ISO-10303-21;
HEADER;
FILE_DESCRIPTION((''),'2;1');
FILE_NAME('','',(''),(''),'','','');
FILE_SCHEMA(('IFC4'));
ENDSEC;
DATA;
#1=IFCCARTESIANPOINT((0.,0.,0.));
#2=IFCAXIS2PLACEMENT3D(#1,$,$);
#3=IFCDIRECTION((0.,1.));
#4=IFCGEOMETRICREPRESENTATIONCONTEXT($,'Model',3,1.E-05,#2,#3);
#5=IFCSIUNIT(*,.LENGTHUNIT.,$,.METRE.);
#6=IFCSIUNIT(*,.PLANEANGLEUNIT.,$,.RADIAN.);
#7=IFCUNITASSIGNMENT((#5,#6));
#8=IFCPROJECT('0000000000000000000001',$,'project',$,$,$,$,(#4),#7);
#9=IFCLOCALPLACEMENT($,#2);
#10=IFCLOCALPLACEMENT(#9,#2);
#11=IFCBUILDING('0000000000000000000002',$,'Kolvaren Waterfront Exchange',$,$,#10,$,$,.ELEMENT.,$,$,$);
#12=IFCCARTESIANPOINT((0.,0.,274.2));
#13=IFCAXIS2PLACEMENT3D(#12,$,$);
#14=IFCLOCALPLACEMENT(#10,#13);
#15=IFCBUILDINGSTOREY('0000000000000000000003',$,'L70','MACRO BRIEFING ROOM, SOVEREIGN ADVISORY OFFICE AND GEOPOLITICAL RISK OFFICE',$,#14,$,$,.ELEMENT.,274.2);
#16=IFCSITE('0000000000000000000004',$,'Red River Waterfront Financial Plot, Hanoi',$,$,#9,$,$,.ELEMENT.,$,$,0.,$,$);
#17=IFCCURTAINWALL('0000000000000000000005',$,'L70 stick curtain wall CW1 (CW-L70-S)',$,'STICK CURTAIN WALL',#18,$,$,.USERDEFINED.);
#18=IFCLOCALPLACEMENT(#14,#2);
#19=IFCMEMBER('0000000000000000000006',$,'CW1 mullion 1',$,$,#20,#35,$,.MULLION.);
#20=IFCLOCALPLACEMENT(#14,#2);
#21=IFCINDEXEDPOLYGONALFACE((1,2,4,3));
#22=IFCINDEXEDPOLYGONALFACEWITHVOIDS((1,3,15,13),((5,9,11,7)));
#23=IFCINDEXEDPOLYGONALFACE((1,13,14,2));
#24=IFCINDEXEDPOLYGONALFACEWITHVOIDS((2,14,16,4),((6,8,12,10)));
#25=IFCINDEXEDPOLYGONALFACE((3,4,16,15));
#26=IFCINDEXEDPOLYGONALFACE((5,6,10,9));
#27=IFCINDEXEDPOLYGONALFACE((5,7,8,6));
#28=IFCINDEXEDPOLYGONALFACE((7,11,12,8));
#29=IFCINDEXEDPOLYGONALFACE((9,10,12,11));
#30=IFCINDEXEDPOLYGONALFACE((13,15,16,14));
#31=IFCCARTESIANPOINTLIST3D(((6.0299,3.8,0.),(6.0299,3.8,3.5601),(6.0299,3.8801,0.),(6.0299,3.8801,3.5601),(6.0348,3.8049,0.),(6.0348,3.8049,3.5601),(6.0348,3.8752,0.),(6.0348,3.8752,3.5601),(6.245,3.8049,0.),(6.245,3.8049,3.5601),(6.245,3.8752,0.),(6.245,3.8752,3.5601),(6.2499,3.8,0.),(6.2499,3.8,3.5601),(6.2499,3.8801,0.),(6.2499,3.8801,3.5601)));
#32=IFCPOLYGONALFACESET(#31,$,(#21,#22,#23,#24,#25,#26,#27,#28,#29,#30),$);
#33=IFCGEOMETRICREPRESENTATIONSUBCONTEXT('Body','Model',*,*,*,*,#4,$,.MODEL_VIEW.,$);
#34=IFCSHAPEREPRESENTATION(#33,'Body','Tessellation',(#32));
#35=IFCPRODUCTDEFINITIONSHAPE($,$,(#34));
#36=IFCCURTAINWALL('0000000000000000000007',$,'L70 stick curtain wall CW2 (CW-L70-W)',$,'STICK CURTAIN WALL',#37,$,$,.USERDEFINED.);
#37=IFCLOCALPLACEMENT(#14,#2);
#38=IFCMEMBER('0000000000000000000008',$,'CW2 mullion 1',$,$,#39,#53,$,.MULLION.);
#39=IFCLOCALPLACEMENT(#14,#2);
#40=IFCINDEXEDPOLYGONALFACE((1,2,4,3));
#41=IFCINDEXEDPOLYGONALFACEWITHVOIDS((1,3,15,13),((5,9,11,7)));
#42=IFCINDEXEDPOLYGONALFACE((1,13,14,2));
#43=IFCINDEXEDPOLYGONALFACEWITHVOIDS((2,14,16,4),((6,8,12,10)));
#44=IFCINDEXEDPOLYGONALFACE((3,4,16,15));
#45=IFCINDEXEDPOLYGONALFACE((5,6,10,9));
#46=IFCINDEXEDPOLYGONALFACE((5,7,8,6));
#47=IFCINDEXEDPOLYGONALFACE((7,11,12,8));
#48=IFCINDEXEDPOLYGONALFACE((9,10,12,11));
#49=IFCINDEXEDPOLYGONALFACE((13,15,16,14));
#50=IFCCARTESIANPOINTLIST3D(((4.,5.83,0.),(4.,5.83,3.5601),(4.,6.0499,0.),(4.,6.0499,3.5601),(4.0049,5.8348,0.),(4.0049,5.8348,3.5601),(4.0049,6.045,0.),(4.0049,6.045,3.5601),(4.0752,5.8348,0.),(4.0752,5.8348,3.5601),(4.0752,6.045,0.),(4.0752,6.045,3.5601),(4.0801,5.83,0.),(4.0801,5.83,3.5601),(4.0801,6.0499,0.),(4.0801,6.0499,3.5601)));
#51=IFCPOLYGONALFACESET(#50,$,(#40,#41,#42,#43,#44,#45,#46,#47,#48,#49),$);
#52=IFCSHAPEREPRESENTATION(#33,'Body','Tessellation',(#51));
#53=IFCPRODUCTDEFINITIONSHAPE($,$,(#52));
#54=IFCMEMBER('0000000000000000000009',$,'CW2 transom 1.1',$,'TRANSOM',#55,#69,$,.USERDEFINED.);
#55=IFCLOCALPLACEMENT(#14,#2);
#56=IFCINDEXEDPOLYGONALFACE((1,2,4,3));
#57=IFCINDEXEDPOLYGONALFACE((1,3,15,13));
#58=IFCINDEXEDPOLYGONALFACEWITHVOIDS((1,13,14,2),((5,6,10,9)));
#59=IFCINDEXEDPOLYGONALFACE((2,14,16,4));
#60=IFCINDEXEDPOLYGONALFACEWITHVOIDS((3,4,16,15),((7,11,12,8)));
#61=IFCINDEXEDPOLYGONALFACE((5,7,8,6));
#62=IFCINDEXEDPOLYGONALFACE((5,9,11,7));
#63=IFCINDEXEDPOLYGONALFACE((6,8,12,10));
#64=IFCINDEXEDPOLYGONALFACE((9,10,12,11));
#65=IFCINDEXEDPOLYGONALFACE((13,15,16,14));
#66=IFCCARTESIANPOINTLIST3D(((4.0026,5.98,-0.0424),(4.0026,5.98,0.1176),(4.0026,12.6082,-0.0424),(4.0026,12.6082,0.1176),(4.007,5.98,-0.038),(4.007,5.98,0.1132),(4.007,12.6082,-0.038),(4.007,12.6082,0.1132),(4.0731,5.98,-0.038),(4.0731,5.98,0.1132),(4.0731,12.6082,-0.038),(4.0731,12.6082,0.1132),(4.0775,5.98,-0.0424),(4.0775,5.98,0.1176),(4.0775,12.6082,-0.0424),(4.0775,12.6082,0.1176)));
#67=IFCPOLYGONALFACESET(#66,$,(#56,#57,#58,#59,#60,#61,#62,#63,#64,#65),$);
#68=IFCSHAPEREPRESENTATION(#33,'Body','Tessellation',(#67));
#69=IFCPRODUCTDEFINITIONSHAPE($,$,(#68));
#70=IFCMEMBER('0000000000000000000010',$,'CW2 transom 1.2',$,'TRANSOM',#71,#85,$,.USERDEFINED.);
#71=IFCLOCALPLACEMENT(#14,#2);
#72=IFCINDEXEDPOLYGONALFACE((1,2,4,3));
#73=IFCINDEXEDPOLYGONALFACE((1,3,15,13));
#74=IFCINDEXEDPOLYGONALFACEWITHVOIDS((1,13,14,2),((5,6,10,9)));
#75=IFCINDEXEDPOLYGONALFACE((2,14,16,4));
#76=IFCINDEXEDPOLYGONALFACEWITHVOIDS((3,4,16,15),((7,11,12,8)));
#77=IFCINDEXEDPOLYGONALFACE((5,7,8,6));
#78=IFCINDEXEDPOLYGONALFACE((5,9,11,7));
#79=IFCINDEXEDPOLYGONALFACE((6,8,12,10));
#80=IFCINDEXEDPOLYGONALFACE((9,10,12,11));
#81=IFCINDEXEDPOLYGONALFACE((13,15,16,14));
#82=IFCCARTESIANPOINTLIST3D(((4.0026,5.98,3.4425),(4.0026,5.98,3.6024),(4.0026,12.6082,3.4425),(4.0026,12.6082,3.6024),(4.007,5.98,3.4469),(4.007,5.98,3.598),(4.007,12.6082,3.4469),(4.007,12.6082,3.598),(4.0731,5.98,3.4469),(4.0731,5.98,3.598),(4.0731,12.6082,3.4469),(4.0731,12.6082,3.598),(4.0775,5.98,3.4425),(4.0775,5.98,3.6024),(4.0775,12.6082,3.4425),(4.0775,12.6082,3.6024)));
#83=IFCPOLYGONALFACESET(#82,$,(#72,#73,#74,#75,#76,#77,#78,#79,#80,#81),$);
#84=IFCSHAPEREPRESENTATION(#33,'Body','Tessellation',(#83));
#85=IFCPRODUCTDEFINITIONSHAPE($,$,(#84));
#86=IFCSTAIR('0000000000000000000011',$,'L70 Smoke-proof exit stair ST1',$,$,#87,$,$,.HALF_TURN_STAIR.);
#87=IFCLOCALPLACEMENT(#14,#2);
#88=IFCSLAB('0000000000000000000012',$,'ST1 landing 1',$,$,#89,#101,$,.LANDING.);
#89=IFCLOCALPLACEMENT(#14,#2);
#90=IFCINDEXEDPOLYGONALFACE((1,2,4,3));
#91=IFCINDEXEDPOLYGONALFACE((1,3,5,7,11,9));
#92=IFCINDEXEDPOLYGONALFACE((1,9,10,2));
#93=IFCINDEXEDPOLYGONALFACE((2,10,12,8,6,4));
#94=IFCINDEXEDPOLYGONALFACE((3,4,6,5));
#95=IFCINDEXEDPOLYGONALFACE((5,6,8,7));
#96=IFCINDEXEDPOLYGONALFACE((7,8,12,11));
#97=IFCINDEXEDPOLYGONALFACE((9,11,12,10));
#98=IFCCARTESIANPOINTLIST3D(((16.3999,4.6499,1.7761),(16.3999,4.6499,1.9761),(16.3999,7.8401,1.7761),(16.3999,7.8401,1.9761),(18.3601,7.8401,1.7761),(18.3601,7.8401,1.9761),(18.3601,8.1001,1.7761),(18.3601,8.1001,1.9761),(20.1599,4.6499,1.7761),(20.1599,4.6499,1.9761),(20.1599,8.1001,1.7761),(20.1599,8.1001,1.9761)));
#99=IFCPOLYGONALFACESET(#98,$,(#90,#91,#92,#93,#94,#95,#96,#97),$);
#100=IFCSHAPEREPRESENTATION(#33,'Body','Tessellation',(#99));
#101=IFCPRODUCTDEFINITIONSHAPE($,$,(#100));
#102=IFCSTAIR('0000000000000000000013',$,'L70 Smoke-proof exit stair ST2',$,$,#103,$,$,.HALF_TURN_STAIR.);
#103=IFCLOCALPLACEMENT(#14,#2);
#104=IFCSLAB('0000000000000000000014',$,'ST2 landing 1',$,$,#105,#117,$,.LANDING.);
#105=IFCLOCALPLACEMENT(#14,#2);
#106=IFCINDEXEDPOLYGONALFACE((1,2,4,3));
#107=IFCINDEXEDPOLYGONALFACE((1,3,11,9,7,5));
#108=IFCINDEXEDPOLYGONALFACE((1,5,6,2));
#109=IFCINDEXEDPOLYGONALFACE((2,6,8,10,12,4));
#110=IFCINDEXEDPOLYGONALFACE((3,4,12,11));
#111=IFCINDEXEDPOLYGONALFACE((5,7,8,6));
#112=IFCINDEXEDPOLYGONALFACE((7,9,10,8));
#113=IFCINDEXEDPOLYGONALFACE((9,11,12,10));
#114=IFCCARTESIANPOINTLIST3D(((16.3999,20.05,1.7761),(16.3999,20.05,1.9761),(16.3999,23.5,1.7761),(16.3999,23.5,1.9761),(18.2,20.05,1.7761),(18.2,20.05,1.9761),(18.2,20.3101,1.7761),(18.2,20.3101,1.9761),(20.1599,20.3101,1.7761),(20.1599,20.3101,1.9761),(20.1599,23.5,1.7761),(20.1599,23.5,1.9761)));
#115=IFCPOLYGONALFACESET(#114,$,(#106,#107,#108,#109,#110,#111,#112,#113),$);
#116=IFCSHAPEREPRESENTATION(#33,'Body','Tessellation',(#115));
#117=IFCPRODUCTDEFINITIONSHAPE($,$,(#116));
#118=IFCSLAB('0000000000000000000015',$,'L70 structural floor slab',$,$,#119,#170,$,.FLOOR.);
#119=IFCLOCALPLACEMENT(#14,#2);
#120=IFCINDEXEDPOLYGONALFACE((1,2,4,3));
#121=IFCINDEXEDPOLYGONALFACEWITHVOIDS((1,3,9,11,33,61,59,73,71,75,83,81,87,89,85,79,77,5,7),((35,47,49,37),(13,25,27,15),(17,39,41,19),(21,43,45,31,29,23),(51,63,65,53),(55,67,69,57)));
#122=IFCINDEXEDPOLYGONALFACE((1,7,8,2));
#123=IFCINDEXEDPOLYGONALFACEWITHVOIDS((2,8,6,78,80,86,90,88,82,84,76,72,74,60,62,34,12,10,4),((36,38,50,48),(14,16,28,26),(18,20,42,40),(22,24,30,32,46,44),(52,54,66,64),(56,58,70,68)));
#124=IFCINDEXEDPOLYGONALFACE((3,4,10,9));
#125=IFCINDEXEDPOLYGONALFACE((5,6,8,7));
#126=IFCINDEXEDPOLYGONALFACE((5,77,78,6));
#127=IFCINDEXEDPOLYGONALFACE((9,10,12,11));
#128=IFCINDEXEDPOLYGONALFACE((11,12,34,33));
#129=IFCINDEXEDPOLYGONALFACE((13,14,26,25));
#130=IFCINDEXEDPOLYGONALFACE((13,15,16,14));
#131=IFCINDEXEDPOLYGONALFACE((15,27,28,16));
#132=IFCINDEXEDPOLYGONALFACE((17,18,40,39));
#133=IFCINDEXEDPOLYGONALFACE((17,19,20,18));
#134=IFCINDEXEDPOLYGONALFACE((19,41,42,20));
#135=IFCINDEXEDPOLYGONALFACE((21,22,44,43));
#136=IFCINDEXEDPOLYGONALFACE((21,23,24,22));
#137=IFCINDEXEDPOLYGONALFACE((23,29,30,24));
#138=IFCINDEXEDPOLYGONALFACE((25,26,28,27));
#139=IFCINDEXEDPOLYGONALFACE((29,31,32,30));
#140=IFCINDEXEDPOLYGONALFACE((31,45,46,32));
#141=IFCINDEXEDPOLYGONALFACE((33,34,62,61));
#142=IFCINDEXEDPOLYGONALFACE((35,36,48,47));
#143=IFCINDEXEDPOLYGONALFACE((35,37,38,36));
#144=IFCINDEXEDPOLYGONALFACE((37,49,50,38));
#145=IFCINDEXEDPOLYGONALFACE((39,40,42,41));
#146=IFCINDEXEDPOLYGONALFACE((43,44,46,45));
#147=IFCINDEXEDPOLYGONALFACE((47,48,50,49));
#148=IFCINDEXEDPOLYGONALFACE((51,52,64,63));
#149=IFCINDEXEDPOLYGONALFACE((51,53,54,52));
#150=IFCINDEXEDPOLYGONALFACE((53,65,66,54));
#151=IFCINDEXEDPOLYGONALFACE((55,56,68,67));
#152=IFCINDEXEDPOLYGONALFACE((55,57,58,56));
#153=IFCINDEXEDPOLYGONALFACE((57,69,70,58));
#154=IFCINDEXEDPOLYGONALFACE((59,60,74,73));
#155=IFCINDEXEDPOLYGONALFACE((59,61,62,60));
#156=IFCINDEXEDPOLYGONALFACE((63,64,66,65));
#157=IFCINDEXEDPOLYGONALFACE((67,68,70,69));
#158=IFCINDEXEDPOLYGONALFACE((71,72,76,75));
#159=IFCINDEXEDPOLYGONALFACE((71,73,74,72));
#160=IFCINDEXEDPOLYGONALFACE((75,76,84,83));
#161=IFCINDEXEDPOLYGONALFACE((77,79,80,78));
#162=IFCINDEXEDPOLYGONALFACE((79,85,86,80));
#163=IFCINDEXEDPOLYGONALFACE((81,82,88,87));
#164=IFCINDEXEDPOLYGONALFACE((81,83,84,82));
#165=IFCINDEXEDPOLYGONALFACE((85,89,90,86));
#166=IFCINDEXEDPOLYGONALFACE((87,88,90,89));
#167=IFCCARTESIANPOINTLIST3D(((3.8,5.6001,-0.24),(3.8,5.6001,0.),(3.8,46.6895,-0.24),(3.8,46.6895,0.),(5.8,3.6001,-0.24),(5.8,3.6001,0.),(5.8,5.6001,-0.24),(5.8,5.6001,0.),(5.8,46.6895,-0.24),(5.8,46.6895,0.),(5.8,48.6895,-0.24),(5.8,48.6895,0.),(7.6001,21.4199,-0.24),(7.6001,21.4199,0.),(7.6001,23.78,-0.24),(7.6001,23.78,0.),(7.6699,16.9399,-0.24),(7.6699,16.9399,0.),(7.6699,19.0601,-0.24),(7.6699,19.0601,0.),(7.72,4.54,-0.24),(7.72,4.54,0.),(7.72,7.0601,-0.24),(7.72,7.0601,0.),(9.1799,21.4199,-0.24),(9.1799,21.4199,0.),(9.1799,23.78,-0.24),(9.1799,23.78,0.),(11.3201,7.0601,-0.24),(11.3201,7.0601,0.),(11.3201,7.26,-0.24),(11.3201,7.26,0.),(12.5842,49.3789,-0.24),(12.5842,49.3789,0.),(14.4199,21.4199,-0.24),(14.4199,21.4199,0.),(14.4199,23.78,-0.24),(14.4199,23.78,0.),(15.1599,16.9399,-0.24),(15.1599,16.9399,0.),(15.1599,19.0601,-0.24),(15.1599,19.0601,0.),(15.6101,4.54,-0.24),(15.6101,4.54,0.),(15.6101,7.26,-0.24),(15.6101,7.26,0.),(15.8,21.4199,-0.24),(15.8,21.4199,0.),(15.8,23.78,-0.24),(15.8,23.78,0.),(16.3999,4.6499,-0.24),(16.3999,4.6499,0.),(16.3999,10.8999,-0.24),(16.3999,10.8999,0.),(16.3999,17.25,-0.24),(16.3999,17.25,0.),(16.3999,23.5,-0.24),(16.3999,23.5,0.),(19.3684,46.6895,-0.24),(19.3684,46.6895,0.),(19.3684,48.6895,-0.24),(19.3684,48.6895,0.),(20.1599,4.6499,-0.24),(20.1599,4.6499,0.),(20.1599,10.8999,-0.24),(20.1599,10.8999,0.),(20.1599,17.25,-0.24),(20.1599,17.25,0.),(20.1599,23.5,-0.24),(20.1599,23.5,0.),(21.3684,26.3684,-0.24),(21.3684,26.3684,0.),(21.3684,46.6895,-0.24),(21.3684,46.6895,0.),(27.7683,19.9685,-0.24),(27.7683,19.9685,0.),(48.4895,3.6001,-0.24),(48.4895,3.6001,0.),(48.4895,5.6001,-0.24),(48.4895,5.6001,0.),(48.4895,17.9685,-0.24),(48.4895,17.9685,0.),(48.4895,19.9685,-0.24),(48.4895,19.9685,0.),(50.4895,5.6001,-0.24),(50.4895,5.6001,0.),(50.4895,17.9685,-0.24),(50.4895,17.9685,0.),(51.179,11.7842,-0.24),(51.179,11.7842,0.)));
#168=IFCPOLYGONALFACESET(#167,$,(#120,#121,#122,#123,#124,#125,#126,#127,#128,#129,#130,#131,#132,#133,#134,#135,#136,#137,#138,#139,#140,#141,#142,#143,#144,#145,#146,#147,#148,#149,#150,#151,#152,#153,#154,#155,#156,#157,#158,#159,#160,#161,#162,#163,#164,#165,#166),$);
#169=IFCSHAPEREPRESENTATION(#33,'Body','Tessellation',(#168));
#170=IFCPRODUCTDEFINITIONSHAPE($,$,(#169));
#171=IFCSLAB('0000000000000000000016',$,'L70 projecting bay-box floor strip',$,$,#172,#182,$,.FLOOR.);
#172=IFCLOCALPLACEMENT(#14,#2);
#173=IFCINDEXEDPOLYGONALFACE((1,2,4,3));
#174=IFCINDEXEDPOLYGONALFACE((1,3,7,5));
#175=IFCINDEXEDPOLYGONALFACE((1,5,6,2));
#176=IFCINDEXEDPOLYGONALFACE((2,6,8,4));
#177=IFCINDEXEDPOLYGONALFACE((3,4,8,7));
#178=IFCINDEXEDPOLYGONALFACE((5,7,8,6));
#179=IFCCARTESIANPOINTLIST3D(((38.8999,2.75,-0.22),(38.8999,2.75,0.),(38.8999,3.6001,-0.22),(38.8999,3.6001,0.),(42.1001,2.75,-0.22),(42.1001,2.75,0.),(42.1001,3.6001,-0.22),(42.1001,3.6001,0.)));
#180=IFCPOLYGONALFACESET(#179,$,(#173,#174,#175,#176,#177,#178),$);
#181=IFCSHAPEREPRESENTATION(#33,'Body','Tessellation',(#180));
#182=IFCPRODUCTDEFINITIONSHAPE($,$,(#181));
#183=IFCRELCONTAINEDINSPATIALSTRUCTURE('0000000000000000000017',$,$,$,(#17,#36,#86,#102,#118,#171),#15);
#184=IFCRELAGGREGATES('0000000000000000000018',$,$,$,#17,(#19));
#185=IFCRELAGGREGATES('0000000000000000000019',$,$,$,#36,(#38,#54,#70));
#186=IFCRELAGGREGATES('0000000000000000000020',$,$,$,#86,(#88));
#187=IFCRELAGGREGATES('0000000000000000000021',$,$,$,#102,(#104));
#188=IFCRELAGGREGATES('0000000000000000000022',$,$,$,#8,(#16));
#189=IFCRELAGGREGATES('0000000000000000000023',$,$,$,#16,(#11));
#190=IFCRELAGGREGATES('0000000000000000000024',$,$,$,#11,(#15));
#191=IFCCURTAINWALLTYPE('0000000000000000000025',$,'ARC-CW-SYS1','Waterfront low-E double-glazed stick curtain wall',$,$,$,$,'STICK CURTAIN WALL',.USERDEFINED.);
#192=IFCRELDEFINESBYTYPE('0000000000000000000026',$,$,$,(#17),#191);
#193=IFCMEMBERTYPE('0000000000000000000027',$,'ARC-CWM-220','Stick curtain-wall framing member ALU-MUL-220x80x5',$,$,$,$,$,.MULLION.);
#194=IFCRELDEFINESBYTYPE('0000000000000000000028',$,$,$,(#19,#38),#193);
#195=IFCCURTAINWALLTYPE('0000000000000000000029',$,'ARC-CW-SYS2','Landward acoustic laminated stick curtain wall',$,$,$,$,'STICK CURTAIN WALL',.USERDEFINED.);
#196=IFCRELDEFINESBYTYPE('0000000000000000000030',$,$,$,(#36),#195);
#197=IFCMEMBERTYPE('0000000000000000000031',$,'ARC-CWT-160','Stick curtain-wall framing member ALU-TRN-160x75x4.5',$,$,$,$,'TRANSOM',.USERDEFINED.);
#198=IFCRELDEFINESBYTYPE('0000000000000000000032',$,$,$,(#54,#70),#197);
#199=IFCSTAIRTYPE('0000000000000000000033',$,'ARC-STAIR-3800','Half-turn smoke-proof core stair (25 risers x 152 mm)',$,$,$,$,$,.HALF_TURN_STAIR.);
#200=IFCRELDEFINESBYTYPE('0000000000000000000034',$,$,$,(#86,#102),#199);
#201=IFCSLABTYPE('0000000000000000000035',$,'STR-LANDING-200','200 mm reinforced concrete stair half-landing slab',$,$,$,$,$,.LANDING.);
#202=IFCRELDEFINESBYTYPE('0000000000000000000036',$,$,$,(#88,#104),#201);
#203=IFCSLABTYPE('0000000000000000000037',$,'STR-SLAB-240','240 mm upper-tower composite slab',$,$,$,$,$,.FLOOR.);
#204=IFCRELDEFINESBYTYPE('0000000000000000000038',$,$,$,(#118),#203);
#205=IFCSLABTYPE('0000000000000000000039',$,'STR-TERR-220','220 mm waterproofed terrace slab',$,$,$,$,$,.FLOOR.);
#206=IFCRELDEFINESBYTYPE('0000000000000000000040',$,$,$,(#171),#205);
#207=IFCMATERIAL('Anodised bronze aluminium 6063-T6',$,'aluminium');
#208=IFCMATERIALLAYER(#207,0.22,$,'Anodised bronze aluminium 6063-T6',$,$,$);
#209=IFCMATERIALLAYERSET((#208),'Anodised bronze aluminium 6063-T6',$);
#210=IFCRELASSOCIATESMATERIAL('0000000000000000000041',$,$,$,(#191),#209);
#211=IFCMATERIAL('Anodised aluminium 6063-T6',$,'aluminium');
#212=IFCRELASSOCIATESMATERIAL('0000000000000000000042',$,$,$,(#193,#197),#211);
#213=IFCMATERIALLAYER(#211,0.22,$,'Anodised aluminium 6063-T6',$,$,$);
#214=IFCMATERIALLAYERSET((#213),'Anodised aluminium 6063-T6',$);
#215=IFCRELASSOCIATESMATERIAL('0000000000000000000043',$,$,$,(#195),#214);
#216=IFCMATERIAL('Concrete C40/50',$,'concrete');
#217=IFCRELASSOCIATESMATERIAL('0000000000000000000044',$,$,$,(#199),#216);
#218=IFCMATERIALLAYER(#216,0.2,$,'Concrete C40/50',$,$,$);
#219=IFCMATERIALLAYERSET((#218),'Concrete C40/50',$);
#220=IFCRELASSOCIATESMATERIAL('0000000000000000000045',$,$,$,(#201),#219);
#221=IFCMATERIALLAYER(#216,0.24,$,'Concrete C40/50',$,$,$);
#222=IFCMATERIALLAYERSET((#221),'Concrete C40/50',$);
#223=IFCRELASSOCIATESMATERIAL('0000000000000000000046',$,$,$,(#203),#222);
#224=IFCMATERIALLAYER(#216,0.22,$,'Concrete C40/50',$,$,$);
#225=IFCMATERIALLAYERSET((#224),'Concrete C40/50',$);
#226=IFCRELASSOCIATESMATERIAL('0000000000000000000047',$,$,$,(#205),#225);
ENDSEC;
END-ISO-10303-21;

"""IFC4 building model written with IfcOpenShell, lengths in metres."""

from ifc_helpers import new_model, si_unit, direction, frame, origin, origin_with_axes, origin_2d, place, context, subcontext, project, spatial, polyline, hollow_rectangle, outline, extrude, source, transform, mapped, material, layer, layer_set, material_profile, profile_set, type_object, element, aggregate, save


model = new_model("IFC4")

# Units and contexts
model_context = context("Model", 3, precision=1e-05, world=origin(), true_north=direction((0.0, 1.0)))
body_context = subcontext(model_context, "Body", "Model", "MODEL_VIEW")
ifc_project = project(units=[si_unit("LENGTHUNIT", "METRE"), si_unit("PLANEANGLEUNIT", "RADIAN")], contexts=[model_context])

# Site, building, storey
site_placement = place(None, origin())
site = spatial("IfcSite", under=ifc_project, at=site_placement, Name="Red River Waterfront Financial Plot, Hanoi", CompositionType="ELEMENT", RefElevation=0.0)
building_placement = place(site_placement, origin())
building = spatial("IfcBuilding", under=site, at=building_placement, Name="Kolvaren Waterfront Exchange", CompositionType="ELEMENT")
storey_placement = place(building_placement, frame((0.0, 0.0, 274.2)))
storey = spatial("IfcBuildingStorey", under=building, at=storey_placement, Name="L70", Description="MACRO BRIEFING ROOM, SOVEREIGN ADVISORY OFFICE AND GEOPOLITICAL RISK OFFICE", CompositionType="ELEMENT", Elevation=274.2)

# Curtain wall, member
ifc_material_1 = material(Name="Anodised bronze aluminium 6063-T6", Category="aluminium")
ifc_layer_1 = layer(ifc_material_1, 0.22, Name="Anodised bronze aluminium 6063-T6")
ifc_layer_set_1 = layer_set([ifc_layer_1], Name="Anodised bronze aluminium 6063-T6")
curtain_wall_type_1 = type_object("IfcCurtainWallType", Name="ARC-CW-SYS1", Description="Waterfront low-E double-glazed stick curtain wall", ElementType="STICK CURTAIN WALL", PredefinedType="USERDEFINED", material=ifc_layer_set_1)
curtain_wall_1_placement = place(storey_placement, origin())
curtain_wall_1 = element("IfcCurtainWall", 1, at=curtain_wall_1_placement, inside=storey, type_object=curtain_wall_type_1, Name="L70 stick curtain wall CW1 (CW-L70-S)", ObjectType="STICK CURTAIN WALL", PredefinedType="USERDEFINED")
ifc_material_2 = material(Name="Anodised aluminium 6063-T6", Category="aluminium")
ifc_material_profile_1 = material_profile(ifc_material_2, hollow_rectangle(XDim=0.0801, YDim=0.22, WallThickness=0.0049, at=origin_2d()), Name="ALU-MUL-220x80x5")
ifc_profile_set_1 = profile_set([ifc_material_profile_1], Name="Anodised aluminium 6063-T6")
member_type_1 = type_object("IfcMemberType", Name="ARC-CWM-220", Description="Stick curtain-wall framing member ALU-MUL-220x80x5", PredefinedType="MULLION", material=ifc_profile_set_1)
shared_shape_1 = source(origin_with_axes(), body_context, "Body", "SweptSolid", [
    extrude(hollow_rectangle(XDim=0.0801, YDim=0.22, WallThickness=0.0049, at=origin_2d()), origin(), (0.0, 0.0, 1.0), 3.5601),
])
member_1_placement = place(storey_placement, frame((6.1399, 3.8401, 0.0), z_axis=(0.0, 0.0, 1.0), x_axis=(0.0, 1.0, 0.0)))
member_1 = element("IfcMember", 2, at=member_1_placement, type_object=member_type_1, Name="CW1 mullion 1", PredefinedType="MULLION", context=body_context, shape_type="MappedRepresentation", body=[
    mapped(shared_shape_1, transform((0.0, 0.0, 0.0), x_axis=(1.0, 0.0, 0.0), y_axis=(0.0, 1.0, 0.0), z_axis=(0.0, 0.0, 1.0), scale=1.0)),
])
aggregate(curtain_wall_1, [member_1])

# Curtain wall, members
ifc_layer_2 = layer(ifc_material_2, 0.22, Name="Anodised aluminium 6063-T6")
ifc_layer_set_2 = layer_set([ifc_layer_2], Name="Anodised aluminium 6063-T6")
curtain_wall_type_2 = type_object("IfcCurtainWallType", Name="ARC-CW-SYS2", Description="Landward acoustic laminated stick curtain wall", ElementType="STICK CURTAIN WALL", PredefinedType="USERDEFINED", material=ifc_layer_set_2)
curtain_wall_2_placement = place(storey_placement, origin())
curtain_wall_2 = element("IfcCurtainWall", 3, at=curtain_wall_2_placement, inside=storey, type_object=curtain_wall_type_2, Name="L70 stick curtain wall CW2 (CW-L70-W)", ObjectType="STICK CURTAIN WALL", PredefinedType="USERDEFINED")
member_2_placement = place(storey_placement, frame((4.04, 5.9399, 0.0), z_axis=(0.0, 0.0, 1.0), x_axis=(-1.0, 0.0, 0.0)))
member_2 = element("IfcMember", 4, at=member_2_placement, type_object=member_type_1, Name="CW2 mullion 1", PredefinedType="MULLION", context=body_context, shape_type="MappedRepresentation", body=[
    mapped(shared_shape_1, transform((0.0, 0.0, 0.0), x_axis=(1.0, 0.0, 0.0), y_axis=(0.0, 1.0, 0.0), z_axis=(0.0, 0.0, 1.0), scale=1.0)),
])
ifc_material_profile_2 = material_profile(ifc_material_2, hollow_rectangle(XDim=0.075, YDim=0.1599, WallThickness=0.0044, at=origin_2d()), Name="ALU-TRN-160x75x4.5")
ifc_profile_set_2 = profile_set([ifc_material_profile_2], Name="Anodised aluminium 6063-T6")
member_type_2 = type_object("IfcMemberType", Name="ARC-CWT-160", Description="Stick curtain-wall framing member ALU-TRN-160x75x4.5", ElementType="TRANSOM", PredefinedType="USERDEFINED", material=ifc_profile_set_2)
shared_shape_2 = source(origin_with_axes(), body_context, "Body", "SweptSolid", [
    extrude(hollow_rectangle(XDim=0.075, YDim=0.1599, WallThickness=0.0044, at=origin_2d()), origin(), (0.0, 0.0, 1.0), 6.6282),
])
member_3_placement = place(storey_placement, frame((4.04, 5.98, 0.0376), z_axis=(0.0, 1.0, 0.0), x_axis=(-1.0, 0.0, 0.0)))
member_3 = element("IfcMember", 5, at=member_3_placement, type_object=member_type_2, Name="CW2 transom 1.1", ObjectType="TRANSOM", PredefinedType="USERDEFINED", context=body_context, shape_type="MappedRepresentation", body=[
    mapped(shared_shape_2, transform((0.0, 0.0, 0.0), x_axis=(1.0, 0.0, 0.0), y_axis=(0.0, 1.0, 0.0), z_axis=(0.0, 0.0, 1.0), scale=1.0)),
])
member_4_placement = place(storey_placement, frame((4.04, 5.98, 3.5225), z_axis=(0.0, 1.0, 0.0), x_axis=(-1.0, 0.0, 0.0)))
member_4 = element("IfcMember", 6, at=member_4_placement, type_object=member_type_2, Name="CW2 transom 1.2", ObjectType="TRANSOM", PredefinedType="USERDEFINED", context=body_context, shape_type="MappedRepresentation", body=[
    mapped(shared_shape_2, transform((0.0, 0.0, 0.0), x_axis=(1.0, 0.0, 0.0), y_axis=(0.0, 1.0, 0.0), z_axis=(0.0, 0.0, 1.0), scale=1.0)),
])
aggregate(curtain_wall_2, [member_2, member_3, member_4])

# Stairs, slabs
ifc_material_3 = material(Name="Concrete C40/50", Category="concrete")
stair_type = type_object("IfcStairType", Name="ARC-STAIR-3800", Description="Half-turn smoke-proof core stair (25 risers x 152 mm)", PredefinedType="HALF_TURN_STAIR", material=ifc_material_3)
stair_1_placement = place(storey_placement, origin())
stair_1 = element("IfcStair", 7, at=stair_1_placement, inside=storey, type_object=stair_type, Name="L70 Smoke-proof exit stair ST1", PredefinedType="HALF_TURN_STAIR")
ifc_layer_3 = layer(ifc_material_3, 0.2, Name="Concrete C40/50")
ifc_layer_set_3 = layer_set([ifc_layer_3], Name="Concrete C40/50")
slab_type_1 = type_object("IfcSlabType", Name="STR-LANDING-200", Description="200 mm reinforced concrete stair half-landing slab", PredefinedType="LANDING", material=ifc_layer_set_3)
slab_1_placement = place(storey_placement, frame((0.0, 0.0, 1.7761)))
slab_1 = element("IfcSlab", 8, at=slab_1_placement, type_object=slab_type_1, Name="ST1 landing 1", PredefinedType="LANDING", context=body_context, shape_type="SweptSolid", body=[
    extrude(outline(polyline([(16.3999, 7.8401), (16.3999, 4.6499), (20.1599, 4.6499), (20.1599, 8.1001), (18.3601, 8.1001), (18.3601, 7.8401), (16.3999, 7.8401)])), origin(), (0.0, 0.0, 1.0), 0.2),
])
aggregate(stair_1, [slab_1])
stair_2_placement = place(storey_placement, origin())
stair_2 = element("IfcStair", 9, at=stair_2_placement, inside=storey, type_object=stair_type, Name="L70 Smoke-proof exit stair ST2", PredefinedType="HALF_TURN_STAIR")
slab_2_placement = place(storey_placement, frame((0.0, 0.0, 1.7761)))
slab_2 = element("IfcSlab", 10, at=slab_2_placement, type_object=slab_type_1, Name="ST2 landing 1", PredefinedType="LANDING", context=body_context, shape_type="SweptSolid", body=[
    extrude(outline(polyline([(20.1599, 20.3101), (20.1599, 23.5), (16.3999, 23.5), (16.3999, 20.05), (18.2, 20.05), (18.2, 20.3101), (20.1599, 20.3101)])), origin(), (0.0, 0.0, 1.0), 0.2),
])
aggregate(stair_2, [slab_2])

# Slabs
ifc_layer_4 = layer(ifc_material_3, 0.24, Name="Concrete C40/50")
ifc_layer_set_4 = layer_set([ifc_layer_4], Name="Concrete C40/50")
slab_type_2 = type_object("IfcSlabType", Name="STR-SLAB-240", Description="240 mm upper-tower composite slab", PredefinedType="FLOOR", material=ifc_layer_set_4)
slab_3_placement = place(storey_placement, frame((0.0, 0.0, -0.24)))
element("IfcSlab", 11, at=slab_3_placement, inside=storey, type_object=slab_type_2, Name="L70 structural floor slab", PredefinedType="FLOOR", context=body_context, shape_type="SweptSolid", body=[
    extrude(outline(polyline([(5.8, 3.6001), (48.4895, 3.6001), (48.4895, 5.6001), (50.4895, 5.6001), (51.179, 11.7842), (50.4895, 17.9685), (48.4895, 17.9685), (48.4895, 19.9685), (27.7683, 19.9685), (21.3684, 26.3684), (21.3684, 46.6895), (19.3684, 46.6895), (19.3684, 48.6895), (12.5842, 49.3789), (5.8, 48.6895), (5.8, 46.6895), (3.8, 46.6895), (3.8, 5.6001), (5.8, 5.6001), (5.8, 3.6001)]), holes=[polyline([(11.3201, 7.26), (15.6101, 7.26), (15.6101, 4.54), (7.72, 4.54), (7.72, 7.0601), (11.3201, 7.0601), (11.3201, 7.26)]), polyline([(20.1599, 10.8999), (20.1599, 4.6499), (16.3999, 4.6499), (16.3999, 10.8999), (20.1599, 10.8999)]), polyline([(7.6699, 19.0601), (15.1599, 19.0601), (15.1599, 16.9399), (7.6699, 16.9399), (7.6699, 19.0601)]), polyline([(16.3999, 17.25), (16.3999, 23.5), (20.1599, 23.5), (20.1599, 17.25), (16.3999, 17.25)]), polyline([(7.6001, 23.78), (9.1799, 23.78), (9.1799, 21.4199), (7.6001, 21.4199), (7.6001, 23.78)]), polyline([(14.4199, 23.78), (15.8, 23.78), (15.8, 21.4199), (14.4199, 21.4199), (14.4199, 23.78)])]), origin(), (0.0, 0.0, 1.0), 0.24),
])
ifc_layer_5 = layer(ifc_material_3, 0.22, Name="Concrete C40/50")
ifc_layer_set_5 = layer_set([ifc_layer_5], Name="Concrete C40/50")
slab_type_3 = type_object("IfcSlabType", Name="STR-TERR-220", Description="220 mm waterproofed terrace slab", PredefinedType="FLOOR", material=ifc_layer_set_5)
slab_4_placement = place(storey_placement, frame((0.0, 0.0, -0.22)))
element("IfcSlab", 12, at=slab_4_placement, inside=storey, type_object=slab_type_3, Name="L70 projecting bay-box floor strip", PredefinedType="FLOOR", context=body_context, shape_type="SweptSolid", body=[
    extrude(outline(polyline([(38.8999, 2.75), (42.1001, 2.75), (42.1001, 3.6001), (38.8999, 3.6001), (38.8999, 2.75)])), origin(), (0.0, 0.0, 1.0), 0.22),
])

save(model, "model.ifc")
